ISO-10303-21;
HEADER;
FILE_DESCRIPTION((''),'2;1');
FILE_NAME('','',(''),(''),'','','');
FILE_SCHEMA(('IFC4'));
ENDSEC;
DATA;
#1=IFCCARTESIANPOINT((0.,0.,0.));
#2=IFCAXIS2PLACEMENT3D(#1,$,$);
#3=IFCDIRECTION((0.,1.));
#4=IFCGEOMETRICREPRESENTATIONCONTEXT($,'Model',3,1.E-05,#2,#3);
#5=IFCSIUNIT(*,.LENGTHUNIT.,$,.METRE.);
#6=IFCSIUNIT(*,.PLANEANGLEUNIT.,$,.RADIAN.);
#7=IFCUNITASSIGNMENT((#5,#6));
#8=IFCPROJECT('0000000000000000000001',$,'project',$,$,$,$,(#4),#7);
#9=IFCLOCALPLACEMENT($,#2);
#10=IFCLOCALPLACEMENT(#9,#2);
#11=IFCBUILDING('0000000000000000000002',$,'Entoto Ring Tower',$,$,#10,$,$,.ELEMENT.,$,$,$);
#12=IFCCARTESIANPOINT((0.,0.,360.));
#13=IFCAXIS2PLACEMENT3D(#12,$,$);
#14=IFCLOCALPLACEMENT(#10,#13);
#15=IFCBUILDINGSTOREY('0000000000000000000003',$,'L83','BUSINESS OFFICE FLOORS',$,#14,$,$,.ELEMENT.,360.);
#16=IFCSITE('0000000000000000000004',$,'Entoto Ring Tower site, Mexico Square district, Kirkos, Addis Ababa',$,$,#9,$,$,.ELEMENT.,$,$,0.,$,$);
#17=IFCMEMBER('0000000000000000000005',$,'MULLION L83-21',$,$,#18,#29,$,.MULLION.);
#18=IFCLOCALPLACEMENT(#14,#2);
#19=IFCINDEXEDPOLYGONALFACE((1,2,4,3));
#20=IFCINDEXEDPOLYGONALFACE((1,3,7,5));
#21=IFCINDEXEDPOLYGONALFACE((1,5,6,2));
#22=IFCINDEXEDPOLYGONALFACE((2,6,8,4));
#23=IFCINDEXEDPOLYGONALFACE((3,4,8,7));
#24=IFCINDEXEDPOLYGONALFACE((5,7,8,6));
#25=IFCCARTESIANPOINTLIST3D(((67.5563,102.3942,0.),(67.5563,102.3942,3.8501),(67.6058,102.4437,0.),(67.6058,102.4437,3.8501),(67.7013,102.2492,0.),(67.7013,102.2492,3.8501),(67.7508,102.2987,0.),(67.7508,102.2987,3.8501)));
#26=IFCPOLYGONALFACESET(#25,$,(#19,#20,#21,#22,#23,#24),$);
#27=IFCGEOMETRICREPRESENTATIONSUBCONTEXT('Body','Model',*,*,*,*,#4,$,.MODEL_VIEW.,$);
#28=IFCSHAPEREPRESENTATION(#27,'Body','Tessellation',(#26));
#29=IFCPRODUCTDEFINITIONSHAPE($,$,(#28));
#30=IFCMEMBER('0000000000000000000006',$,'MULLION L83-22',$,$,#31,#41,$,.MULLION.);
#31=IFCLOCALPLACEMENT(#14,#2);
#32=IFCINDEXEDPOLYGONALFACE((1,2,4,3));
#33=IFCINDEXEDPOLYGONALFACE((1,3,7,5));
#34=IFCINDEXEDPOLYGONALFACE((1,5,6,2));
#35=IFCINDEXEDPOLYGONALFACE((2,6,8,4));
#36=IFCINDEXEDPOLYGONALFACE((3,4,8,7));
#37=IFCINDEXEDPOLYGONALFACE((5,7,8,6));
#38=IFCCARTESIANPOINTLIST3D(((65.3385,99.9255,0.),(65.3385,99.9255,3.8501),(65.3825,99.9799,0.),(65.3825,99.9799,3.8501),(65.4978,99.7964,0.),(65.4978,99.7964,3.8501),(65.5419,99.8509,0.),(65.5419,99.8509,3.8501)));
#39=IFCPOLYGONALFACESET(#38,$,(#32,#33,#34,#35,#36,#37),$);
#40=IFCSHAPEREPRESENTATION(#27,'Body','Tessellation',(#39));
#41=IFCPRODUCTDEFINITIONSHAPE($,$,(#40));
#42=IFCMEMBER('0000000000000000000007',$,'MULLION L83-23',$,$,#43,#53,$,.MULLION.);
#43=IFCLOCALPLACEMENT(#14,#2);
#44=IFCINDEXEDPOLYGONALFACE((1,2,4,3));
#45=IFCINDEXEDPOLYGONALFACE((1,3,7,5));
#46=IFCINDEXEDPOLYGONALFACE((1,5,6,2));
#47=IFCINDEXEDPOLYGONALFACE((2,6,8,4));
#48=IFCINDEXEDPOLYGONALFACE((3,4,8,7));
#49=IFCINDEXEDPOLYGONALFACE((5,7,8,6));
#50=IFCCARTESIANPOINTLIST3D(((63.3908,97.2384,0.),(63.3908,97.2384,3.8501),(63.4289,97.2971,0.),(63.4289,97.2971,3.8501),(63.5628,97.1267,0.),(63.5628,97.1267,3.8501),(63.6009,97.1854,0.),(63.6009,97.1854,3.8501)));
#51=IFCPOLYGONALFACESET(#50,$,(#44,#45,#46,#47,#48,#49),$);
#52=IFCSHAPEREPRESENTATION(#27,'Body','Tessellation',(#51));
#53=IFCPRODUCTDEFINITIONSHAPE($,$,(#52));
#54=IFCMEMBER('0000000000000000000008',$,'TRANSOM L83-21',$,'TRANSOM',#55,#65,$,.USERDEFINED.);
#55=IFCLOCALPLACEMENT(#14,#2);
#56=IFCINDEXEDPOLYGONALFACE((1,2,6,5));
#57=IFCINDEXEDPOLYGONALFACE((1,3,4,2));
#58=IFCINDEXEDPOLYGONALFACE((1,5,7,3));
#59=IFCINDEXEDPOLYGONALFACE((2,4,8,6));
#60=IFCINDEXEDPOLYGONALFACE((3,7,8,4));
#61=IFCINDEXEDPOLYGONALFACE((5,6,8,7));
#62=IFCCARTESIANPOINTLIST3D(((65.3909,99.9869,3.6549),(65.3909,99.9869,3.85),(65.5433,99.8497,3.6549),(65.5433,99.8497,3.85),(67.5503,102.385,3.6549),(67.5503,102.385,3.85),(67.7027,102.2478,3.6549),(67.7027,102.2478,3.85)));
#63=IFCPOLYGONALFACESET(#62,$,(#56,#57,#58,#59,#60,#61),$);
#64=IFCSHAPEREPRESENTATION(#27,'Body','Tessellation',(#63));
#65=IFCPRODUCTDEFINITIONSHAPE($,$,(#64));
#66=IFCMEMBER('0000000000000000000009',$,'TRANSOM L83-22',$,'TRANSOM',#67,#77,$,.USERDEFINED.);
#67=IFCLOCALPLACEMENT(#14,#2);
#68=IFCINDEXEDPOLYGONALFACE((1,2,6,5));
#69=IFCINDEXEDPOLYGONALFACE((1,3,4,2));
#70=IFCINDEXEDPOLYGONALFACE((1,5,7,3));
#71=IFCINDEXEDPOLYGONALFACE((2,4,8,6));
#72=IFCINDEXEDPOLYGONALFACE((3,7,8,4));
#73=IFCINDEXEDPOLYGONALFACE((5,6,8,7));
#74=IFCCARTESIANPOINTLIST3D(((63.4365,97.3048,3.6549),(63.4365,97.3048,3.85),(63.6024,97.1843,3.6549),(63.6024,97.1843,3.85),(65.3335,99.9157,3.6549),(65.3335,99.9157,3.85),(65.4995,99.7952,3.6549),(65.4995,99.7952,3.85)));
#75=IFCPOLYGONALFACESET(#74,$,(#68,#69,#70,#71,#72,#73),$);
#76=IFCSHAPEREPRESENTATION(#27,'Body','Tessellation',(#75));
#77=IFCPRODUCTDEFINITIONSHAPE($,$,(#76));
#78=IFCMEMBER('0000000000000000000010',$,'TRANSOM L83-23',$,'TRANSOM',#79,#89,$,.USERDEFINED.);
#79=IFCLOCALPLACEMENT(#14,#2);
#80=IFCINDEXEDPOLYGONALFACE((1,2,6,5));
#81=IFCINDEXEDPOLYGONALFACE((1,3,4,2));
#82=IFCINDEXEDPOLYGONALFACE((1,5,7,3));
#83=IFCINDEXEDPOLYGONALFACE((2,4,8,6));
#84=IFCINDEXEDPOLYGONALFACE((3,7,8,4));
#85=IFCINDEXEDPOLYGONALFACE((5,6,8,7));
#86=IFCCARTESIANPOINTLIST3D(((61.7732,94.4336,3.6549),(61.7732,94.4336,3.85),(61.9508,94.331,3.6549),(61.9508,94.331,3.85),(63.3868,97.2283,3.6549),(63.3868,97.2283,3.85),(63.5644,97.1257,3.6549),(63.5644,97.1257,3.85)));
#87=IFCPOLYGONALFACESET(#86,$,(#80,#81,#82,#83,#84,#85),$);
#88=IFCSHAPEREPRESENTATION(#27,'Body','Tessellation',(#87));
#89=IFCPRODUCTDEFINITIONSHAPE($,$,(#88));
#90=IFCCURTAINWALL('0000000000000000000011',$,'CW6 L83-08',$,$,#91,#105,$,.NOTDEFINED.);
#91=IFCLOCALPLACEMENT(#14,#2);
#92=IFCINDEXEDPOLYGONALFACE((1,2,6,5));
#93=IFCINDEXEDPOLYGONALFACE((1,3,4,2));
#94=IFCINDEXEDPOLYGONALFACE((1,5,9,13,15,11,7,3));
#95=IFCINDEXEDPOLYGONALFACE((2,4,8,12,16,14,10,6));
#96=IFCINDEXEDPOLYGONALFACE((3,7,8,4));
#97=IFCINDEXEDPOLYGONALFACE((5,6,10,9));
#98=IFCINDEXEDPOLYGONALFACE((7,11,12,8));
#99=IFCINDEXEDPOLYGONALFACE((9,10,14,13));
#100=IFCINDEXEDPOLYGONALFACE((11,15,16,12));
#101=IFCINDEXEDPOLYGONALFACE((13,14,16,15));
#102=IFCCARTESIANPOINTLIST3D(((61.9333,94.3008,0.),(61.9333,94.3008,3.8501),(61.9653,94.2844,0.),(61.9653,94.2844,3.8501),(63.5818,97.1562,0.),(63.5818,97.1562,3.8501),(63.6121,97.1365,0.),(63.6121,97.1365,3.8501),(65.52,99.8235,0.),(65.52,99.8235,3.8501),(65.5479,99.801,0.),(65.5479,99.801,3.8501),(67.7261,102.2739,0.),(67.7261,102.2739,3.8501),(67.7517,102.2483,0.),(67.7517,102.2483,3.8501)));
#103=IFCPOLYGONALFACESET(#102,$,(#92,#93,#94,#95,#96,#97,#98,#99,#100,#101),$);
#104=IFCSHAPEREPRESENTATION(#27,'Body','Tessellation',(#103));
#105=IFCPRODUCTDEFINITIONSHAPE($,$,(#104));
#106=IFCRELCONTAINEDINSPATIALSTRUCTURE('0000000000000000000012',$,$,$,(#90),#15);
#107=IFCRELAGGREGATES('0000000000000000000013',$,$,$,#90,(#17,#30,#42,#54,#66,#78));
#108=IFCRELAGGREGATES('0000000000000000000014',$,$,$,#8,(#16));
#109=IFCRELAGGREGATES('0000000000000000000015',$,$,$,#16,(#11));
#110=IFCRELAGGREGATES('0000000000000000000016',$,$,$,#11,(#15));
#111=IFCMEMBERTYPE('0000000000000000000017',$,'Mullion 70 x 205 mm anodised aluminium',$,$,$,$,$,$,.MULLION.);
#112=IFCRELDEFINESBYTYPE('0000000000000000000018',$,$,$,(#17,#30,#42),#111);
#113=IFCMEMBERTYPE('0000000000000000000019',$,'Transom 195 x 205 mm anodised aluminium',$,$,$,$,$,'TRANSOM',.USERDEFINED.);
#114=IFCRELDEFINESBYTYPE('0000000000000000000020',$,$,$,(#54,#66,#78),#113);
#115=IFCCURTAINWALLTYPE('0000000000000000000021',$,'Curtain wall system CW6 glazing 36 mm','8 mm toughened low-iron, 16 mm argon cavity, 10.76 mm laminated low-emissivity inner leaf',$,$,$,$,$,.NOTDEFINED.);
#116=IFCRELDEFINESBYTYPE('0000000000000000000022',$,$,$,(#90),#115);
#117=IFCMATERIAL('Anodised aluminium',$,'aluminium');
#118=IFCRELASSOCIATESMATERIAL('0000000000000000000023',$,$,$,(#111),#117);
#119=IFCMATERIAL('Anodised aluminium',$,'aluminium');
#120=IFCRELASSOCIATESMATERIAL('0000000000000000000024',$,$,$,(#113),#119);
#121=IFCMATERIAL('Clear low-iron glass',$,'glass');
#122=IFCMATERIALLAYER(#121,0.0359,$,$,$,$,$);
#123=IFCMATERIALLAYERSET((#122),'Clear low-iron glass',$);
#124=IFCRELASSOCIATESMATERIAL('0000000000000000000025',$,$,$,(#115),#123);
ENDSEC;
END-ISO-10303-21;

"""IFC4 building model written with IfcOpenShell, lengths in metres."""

from ifc_helpers import new_model, si_unit, direction, frame, origin, origin_2d, place, context, subcontext, project, spatial, polyline, rectangle, outline, extrude, material, layer, layer_set, material_profile, profile_set, type_object, element, aggregate, save


model = new_model("IFC4")

# Units and contexts
model_context = context("Model", 3, precision=1e-05, world=origin(), true_north=direction((0.0, 1.0)))
body_context = subcontext(model_context, "Body", "Model", "MODEL_VIEW")
ifc_project = project(units=[si_unit("LENGTHUNIT", "METRE"), si_unit("PLANEANGLEUNIT", "RADIAN")], contexts=[model_context])

# Members
ifc_material_1 = material(Name="Anodised aluminium", Category="aluminium")
ifc_material_profile_1 = material_profile(ifc_material_1, rectangle(XDim=0.0701, YDim=0.2051, at=origin_2d()), Name="Mullion 70 x 205 mm anodised aluminium")
ifc_profile_set_1 = profile_set([ifc_material_profile_1], Name="Anodised aluminium")
member_type_1 = type_object("IfcMemberType", Name="Mullion 70 x 205 mm anodised aluminium", PredefinedType="MULLION", material=ifc_profile_set_1)
site_placement = place(None, origin())
building_placement = place(site_placement, origin())
storey_placement = place(building_placement, frame((0.0, 0.0, 360.0)))
member_1_placement = place(storey_placement, frame((67.6536, 102.3464, 0.0), z_axis=(0.0, 0.0, 1.0), x_axis=(-0.707107, -0.707107, 0.0)))
member_1 = element("IfcMember", 1, at=member_1_placement, type_object=member_type_1, Name="MULLION L83-21", PredefinedType="MULLION", context=body_context, shape_type="SweptSolid", body=[
    extrude(rectangle(XDim=0.0701, YDim=0.2051, at=origin_2d()), origin(), (0.0, 0.0, 1.0), 3.8501),
])
member_2_placement = place(storey_placement, frame((65.4402, 99.8882, 0.0), z_axis=(0.0, 0.0, 1.0), x_axis=(-0.62932, -0.777146, 0.0)))
member_2 = element("IfcMember", 2, at=member_2_placement, type_object=member_type_1, Name="MULLION L83-22", PredefinedType="MULLION", context=body_context, shape_type="SweptSolid", body=[
    extrude(rectangle(XDim=0.0701, YDim=0.2051, at=origin_2d()), origin(), (0.0, 0.0, 1.0), 3.8501),
])
member_3_placement = place(storey_placement, frame((63.4958, 97.2119, 0.0), z_axis=(0.0, 0.0, 1.0), x_axis=(-0.544639, -0.838671, 0.0)))
member_3 = element("IfcMember", 3, at=member_3_placement, type_object=member_type_1, Name="MULLION L83-23", PredefinedType="MULLION", context=body_context, shape_type="SweptSolid", body=[
    extrude(rectangle(XDim=0.0701, YDim=0.2051, at=origin_2d()), origin(), (0.0, 0.0, 1.0), 3.8501),
])
ifc_material_2 = material(Name="Anodised aluminium", Category="aluminium")
ifc_material_profile_2 = material_profile(ifc_material_2, rectangle(XDim=0.2051, YDim=0.1951, at=origin_2d()), Name="Transom 195 x 205 mm anodised aluminium")
ifc_profile_set_2 = profile_set([ifc_material_profile_2], Name="Anodised aluminium")
member_type_2 = type_object("IfcMemberType", Name="Transom 195 x 205 mm anodised aluminium", ElementType="TRANSOM", PredefinedType="USERDEFINED", material=ifc_profile_set_2)
member_4_placement = place(storey_placement, frame((67.6265, 102.3164, 3.7524), z_axis=(-0.669144, -0.743132, 0.0), x_axis=(0.743132, -0.669144, 0.0)))
member_4 = element("IfcMember", 4, at=member_4_placement, type_object=member_type_2, Name="TRANSOM L83-21", ObjectType="TRANSOM", PredefinedType="USERDEFINED", context=body_context, shape_type="SweptSolid", body=[
    extrude(rectangle(XDim=0.2051, YDim=0.1951, at=origin_2d()), origin(), (0.0, 0.0, 1.0), 3.2271),
])
member_5_placement = place(storey_placement, frame((65.4165, 99.8555, 3.7524), z_axis=(-0.587803, -0.809004, 0.0), x_axis=(0.809004, -0.587803, 0.0)))
member_5 = element("IfcMember", 5, at=member_5_placement, type_object=member_type_2, Name="TRANSOM L83-22", ObjectType="TRANSOM", PredefinedType="USERDEFINED", context=body_context, shape_type="SweptSolid", body=[
    extrude(rectangle(XDim=0.2051, YDim=0.1951, at=origin_2d()), origin(), (0.0, 0.0, 1.0), 3.2273),
])
member_6_placement = place(storey_placement, frame((63.4756, 97.177, 3.7524), z_axis=(-0.500004, -0.866023, 0.0), x_axis=(0.866023, -0.500004, 0.0)))
member_6 = element("IfcMember", 6, at=member_6_placement, type_object=member_type_2, Name="TRANSOM L83-23", ObjectType="TRANSOM", PredefinedType="USERDEFINED", context=body_context, shape_type="SweptSolid", body=[
    extrude(rectangle(XDim=0.2051, YDim=0.1951, at=origin_2d()), origin(), (0.0, 0.0, 1.0), 3.2271),
])

# Site, building, storey
site = spatial("IfcSite", under=ifc_project, at=site_placement, Name="Entoto Ring Tower site, Mexico Square district, Kirkos, Addis Ababa", CompositionType="ELEMENT", RefElevation=0.0)
building = spatial("IfcBuilding", under=site, at=building_placement, Name="Entoto Ring Tower", CompositionType="ELEMENT")
storey = spatial("IfcBuildingStorey", under=building, at=storey_placement, Name="L83", Description="BUSINESS OFFICE FLOORS", CompositionType="ELEMENT", Elevation=360.0)

# Curtain wall
ifc_material_3 = material(Name="Clear low-iron glass", Category="glass")
ifc_layer = layer(ifc_material_3, 0.0359)
ifc_layer_set = layer_set([ifc_layer], Name="Clear low-iron glass")
curtain_wall_type = type_object("IfcCurtainWallType", Name="Curtain wall system CW6 glazing 36 mm", Description="8 mm toughened low-iron, 16 mm argon cavity, 10.76 mm laminated low-emissivity inner leaf", PredefinedType="NOTDEFINED", material=ifc_layer_set)
curtain_wall_1_placement = place(storey_placement, origin())
curtain_wall_1 = element("IfcCurtainWall", 7, at=curtain_wall_1_placement, inside=storey, type_object=curtain_wall_type, Name="CW6 L83-08", PredefinedType="NOTDEFINED", context=body_context, shape_type="SweptSolid", body=[
    extrude(outline(polyline([(67.7261, 102.2739), (65.52, 99.8235), (63.5818, 97.1562), (61.9333, 94.3008), (61.9653, 94.2844), (63.6121, 97.1365), (65.5479, 99.801), (67.7517, 102.2483), (67.7261, 102.2739)])), origin(), (0.0, 0.0, 1.0), 3.8501),
])
aggregate(curtain_wall_1, [member_1, member_2, member_3, member_4, member_5, member_6])

save(model, "model.ifc")
